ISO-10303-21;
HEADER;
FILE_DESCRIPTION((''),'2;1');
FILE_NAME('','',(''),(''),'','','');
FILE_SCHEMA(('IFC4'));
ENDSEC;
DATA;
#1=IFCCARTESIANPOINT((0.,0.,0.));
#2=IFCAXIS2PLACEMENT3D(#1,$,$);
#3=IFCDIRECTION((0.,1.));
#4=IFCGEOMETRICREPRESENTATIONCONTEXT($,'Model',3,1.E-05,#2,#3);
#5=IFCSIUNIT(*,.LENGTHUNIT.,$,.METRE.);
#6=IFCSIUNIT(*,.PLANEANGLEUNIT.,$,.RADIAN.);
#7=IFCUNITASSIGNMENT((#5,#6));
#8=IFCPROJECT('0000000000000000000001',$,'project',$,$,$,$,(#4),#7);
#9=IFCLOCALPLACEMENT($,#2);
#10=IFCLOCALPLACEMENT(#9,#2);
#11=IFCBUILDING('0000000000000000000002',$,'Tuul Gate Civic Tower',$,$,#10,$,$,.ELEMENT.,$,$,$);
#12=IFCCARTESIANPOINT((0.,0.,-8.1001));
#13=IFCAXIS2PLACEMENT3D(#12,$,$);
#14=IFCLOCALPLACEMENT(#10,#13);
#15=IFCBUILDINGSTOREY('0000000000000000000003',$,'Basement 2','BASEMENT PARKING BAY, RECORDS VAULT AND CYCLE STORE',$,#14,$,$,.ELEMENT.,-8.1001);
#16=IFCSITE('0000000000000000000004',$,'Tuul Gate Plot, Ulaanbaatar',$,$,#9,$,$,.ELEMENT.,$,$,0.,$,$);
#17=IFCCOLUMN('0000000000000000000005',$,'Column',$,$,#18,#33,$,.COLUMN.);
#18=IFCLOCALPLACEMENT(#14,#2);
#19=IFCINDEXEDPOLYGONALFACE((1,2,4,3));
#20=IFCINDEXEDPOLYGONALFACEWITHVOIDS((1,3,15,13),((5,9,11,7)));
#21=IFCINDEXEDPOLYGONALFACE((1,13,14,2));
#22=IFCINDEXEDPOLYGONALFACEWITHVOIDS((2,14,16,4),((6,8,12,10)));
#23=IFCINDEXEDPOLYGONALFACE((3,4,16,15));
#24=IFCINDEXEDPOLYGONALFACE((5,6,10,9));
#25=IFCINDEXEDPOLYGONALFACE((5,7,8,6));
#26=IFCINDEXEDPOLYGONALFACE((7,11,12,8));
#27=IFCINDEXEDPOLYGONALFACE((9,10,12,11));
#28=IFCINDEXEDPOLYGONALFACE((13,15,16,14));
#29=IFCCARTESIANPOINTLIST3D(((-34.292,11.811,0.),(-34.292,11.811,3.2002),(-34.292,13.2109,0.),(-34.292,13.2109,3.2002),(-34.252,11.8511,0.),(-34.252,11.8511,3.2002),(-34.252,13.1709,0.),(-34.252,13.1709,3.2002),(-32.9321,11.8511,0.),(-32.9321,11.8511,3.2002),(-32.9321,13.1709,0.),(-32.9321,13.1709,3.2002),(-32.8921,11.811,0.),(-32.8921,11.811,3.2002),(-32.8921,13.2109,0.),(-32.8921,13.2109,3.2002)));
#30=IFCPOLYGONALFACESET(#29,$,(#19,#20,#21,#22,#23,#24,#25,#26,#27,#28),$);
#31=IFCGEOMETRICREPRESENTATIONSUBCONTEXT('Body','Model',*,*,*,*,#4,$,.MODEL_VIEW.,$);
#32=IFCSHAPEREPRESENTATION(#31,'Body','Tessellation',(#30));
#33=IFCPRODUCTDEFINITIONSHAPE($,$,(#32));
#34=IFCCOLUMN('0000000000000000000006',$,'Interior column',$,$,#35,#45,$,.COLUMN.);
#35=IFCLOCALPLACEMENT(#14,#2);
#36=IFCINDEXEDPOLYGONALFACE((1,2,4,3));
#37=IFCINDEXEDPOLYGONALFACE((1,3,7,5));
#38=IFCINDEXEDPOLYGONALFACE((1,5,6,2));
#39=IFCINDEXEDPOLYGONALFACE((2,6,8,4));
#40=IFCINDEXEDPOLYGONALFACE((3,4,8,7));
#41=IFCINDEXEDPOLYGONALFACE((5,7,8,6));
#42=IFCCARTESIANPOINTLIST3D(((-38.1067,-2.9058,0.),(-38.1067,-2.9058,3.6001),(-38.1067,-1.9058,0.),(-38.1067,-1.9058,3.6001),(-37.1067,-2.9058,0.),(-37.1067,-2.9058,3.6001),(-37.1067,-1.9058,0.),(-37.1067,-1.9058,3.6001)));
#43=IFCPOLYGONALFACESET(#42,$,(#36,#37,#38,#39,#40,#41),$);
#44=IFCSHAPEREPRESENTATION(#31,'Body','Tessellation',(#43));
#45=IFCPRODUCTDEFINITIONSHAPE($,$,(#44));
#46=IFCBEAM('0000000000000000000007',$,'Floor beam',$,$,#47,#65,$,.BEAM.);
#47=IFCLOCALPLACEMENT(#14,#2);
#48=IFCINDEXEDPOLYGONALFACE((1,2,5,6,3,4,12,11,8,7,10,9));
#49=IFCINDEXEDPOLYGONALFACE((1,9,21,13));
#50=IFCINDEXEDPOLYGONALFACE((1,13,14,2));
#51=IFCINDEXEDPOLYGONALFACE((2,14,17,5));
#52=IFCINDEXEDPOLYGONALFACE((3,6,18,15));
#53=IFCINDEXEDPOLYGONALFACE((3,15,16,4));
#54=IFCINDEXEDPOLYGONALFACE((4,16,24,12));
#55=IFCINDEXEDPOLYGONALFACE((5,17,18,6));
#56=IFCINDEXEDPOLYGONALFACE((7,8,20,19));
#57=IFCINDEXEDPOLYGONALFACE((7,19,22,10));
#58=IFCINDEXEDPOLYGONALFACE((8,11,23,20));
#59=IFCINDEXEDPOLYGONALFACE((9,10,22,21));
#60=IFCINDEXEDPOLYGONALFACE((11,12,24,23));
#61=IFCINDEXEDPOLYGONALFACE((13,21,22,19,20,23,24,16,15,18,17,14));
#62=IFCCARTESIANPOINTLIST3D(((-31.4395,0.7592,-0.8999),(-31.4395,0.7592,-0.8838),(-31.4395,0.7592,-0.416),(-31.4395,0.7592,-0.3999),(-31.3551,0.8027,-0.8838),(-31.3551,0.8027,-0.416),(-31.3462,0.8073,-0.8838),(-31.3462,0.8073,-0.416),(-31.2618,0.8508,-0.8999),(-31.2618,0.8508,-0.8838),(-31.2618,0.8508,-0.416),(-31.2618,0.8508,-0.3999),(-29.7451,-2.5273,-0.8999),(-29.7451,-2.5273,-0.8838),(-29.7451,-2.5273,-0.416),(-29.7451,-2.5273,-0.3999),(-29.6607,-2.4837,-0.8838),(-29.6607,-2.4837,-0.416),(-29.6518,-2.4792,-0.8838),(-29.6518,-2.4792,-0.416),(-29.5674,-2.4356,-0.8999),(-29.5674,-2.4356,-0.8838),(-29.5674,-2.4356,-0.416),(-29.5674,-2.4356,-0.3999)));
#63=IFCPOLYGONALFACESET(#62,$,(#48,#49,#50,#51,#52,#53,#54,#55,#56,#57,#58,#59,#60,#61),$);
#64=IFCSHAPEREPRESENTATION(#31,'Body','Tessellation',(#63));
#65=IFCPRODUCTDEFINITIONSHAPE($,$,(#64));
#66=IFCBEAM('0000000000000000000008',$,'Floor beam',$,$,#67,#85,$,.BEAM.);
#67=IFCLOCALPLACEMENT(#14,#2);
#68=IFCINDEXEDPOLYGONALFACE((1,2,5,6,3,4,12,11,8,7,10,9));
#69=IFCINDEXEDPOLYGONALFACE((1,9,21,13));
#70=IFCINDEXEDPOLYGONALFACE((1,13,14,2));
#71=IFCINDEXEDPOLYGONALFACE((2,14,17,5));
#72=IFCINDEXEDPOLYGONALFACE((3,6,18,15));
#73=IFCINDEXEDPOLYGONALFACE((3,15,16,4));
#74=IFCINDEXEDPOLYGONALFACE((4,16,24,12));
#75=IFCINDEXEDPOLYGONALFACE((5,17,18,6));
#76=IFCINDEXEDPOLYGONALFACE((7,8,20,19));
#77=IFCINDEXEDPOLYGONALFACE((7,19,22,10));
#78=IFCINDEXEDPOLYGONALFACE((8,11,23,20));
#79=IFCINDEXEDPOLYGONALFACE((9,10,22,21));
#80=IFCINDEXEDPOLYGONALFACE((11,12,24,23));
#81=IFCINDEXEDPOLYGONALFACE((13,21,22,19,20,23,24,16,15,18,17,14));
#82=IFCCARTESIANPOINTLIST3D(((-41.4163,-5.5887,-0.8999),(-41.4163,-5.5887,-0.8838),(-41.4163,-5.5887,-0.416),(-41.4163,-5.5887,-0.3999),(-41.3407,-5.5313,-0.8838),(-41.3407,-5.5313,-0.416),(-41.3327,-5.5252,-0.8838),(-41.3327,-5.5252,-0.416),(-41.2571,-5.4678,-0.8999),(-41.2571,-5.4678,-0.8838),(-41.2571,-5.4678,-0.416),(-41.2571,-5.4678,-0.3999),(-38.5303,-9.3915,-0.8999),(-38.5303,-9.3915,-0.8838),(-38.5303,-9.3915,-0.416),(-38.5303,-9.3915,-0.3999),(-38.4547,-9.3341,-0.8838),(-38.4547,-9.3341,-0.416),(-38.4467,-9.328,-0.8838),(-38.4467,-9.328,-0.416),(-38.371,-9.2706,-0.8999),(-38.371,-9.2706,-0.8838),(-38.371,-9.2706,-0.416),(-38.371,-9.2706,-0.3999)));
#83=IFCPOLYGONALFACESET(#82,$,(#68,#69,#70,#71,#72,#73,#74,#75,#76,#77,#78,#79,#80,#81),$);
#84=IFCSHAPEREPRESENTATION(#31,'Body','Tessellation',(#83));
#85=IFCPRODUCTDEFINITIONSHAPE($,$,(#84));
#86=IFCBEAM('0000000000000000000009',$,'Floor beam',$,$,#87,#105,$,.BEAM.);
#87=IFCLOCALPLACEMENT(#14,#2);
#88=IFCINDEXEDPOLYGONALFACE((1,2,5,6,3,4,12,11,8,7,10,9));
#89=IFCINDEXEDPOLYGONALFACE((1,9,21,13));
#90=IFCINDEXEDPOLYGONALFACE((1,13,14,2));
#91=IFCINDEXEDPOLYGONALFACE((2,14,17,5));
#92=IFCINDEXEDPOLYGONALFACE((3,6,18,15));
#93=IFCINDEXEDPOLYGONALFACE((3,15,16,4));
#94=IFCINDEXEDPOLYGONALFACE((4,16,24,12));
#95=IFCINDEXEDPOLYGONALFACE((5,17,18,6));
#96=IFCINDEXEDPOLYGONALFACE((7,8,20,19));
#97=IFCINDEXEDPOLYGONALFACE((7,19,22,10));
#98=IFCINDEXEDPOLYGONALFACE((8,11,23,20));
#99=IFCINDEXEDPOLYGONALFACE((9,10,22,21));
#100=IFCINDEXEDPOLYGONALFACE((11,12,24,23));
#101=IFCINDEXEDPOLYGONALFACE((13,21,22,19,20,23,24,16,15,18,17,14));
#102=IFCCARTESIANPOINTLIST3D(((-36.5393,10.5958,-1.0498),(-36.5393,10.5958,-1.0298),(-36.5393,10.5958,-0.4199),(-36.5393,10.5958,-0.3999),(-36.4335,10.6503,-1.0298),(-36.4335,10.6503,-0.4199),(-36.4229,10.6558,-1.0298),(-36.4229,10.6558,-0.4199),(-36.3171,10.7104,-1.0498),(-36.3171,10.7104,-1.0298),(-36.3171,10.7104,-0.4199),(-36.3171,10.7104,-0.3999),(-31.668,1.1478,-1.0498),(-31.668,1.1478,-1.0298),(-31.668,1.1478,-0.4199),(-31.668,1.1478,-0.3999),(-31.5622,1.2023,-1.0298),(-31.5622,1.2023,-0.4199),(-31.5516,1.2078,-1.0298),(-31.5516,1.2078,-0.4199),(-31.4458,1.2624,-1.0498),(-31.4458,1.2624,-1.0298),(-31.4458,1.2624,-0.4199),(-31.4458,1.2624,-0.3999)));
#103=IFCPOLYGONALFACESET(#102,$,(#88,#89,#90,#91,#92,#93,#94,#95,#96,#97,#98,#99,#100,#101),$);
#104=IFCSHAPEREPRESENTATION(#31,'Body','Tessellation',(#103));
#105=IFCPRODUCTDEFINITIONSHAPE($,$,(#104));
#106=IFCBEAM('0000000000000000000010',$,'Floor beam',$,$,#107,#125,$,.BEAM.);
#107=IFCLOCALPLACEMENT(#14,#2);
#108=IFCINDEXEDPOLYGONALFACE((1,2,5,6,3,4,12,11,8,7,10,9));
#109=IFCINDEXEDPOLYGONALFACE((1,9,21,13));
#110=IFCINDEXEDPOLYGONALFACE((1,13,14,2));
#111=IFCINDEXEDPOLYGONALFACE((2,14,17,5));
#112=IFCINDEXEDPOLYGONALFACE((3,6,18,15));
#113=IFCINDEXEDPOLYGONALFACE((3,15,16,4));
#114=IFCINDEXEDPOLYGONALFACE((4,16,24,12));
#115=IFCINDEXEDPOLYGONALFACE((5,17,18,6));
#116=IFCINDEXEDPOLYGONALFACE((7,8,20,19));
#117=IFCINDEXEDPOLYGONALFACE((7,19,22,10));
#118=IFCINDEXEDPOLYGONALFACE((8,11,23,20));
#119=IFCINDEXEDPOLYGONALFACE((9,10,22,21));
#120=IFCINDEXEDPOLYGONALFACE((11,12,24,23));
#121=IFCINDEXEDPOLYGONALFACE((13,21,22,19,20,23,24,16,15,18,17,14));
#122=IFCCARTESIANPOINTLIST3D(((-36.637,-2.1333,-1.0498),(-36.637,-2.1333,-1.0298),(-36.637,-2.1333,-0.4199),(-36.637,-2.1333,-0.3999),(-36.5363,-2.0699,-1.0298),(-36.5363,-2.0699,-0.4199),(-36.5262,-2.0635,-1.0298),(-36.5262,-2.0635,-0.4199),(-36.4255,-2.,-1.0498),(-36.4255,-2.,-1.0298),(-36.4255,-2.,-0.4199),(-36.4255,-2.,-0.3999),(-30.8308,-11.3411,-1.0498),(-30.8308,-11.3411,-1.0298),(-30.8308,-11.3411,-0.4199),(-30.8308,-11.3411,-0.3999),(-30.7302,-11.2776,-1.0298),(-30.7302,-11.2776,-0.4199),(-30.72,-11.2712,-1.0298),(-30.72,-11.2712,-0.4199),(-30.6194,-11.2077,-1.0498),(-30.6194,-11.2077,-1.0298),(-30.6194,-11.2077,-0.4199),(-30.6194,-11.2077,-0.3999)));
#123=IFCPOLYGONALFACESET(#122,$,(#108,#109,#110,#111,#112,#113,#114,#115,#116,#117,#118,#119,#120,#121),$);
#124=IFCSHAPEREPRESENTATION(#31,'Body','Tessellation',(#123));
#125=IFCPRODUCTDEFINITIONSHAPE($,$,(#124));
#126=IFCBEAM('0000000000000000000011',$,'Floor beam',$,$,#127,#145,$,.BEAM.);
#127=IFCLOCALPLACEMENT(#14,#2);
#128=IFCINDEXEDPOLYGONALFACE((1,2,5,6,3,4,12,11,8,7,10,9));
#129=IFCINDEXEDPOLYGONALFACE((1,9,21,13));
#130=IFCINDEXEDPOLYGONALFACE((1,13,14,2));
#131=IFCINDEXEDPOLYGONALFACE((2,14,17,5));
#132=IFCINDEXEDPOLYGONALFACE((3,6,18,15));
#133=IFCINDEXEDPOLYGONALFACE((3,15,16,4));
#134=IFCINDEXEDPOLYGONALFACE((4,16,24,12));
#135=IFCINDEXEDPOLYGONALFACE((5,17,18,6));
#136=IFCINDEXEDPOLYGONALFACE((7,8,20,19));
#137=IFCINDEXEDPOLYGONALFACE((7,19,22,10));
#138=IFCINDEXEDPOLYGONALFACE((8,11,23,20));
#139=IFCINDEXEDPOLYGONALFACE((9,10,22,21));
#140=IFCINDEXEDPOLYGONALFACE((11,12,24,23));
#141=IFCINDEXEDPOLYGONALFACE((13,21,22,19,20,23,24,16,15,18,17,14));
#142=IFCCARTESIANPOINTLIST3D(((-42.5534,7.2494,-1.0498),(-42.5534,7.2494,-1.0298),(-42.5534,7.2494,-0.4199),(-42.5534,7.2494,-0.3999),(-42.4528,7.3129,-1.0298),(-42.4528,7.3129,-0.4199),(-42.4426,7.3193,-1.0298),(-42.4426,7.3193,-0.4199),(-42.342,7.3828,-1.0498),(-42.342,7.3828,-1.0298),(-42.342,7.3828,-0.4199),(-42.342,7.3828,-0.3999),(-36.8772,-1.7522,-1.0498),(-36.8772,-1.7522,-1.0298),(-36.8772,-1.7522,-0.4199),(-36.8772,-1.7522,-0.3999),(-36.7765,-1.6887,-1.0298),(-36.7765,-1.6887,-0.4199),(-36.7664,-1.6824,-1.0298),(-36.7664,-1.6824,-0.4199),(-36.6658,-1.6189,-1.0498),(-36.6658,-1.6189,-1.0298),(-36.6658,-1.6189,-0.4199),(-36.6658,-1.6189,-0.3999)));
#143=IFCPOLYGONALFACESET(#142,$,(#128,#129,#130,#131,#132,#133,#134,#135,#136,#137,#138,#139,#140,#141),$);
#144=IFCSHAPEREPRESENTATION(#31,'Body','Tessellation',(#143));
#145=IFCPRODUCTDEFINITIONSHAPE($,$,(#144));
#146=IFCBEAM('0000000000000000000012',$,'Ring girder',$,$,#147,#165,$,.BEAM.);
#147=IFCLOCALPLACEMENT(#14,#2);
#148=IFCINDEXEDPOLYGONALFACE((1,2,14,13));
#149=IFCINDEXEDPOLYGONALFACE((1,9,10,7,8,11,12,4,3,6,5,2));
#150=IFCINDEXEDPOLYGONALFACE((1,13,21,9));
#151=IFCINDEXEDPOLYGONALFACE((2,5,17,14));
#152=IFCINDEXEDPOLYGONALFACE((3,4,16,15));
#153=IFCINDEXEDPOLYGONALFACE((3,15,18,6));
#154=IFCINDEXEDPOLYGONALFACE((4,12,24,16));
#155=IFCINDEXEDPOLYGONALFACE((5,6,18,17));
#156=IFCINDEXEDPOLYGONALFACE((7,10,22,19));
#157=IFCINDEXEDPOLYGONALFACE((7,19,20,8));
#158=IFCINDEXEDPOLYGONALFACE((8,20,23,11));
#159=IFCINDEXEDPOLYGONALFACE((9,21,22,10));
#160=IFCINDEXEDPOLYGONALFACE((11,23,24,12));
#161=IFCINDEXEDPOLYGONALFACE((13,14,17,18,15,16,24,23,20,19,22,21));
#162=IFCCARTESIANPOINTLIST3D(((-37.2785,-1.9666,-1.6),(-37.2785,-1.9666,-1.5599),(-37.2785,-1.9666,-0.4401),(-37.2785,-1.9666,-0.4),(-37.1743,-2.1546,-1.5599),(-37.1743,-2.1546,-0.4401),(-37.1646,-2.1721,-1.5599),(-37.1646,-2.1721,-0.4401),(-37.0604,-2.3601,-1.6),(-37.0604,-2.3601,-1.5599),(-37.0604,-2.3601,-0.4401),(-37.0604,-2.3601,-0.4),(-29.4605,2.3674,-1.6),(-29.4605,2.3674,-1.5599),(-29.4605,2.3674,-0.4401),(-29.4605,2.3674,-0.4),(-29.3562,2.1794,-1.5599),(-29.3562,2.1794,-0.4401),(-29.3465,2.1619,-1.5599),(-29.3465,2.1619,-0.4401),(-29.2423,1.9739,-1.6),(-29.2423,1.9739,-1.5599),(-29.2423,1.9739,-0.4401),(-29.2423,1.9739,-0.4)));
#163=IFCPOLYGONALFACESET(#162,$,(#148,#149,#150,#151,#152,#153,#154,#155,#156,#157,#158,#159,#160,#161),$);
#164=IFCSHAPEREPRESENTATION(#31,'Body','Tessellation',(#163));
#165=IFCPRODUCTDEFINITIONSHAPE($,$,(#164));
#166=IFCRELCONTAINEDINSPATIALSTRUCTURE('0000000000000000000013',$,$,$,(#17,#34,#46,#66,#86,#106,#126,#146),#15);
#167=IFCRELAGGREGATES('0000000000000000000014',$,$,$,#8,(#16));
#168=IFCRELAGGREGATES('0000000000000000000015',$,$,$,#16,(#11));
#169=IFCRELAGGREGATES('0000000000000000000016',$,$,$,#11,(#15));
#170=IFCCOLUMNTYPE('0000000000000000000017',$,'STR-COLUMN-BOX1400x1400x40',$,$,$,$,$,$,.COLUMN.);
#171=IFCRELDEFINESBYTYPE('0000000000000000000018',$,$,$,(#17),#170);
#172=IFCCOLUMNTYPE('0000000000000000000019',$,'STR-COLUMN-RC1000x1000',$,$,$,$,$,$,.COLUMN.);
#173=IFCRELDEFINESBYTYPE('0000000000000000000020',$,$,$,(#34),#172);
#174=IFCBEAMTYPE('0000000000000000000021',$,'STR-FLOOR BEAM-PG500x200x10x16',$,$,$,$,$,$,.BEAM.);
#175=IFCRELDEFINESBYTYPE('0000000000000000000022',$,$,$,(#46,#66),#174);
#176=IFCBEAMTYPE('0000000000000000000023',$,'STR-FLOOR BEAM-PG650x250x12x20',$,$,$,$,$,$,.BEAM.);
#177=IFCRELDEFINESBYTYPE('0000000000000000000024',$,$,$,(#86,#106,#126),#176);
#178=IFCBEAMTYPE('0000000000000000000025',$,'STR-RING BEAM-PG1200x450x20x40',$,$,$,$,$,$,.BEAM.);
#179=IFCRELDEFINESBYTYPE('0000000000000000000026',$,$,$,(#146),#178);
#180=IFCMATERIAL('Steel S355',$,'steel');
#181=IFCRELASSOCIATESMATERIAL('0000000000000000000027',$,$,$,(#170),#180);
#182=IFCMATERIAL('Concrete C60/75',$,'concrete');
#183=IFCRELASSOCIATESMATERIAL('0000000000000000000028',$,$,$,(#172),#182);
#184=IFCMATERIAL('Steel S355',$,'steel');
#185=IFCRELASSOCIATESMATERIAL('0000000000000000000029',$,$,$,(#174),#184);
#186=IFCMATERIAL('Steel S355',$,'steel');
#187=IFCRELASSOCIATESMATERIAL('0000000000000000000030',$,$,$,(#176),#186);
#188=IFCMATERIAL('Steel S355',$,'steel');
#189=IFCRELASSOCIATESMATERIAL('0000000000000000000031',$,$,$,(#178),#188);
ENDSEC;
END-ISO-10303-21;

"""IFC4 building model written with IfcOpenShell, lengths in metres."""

from ifc_helpers import new_model, si_unit, direction, frame, origin, origin_2d, place, context, subcontext, project, spatial, rectangle, hollow_rectangle, i_section, extrude, material, material_profile, profile_set, type_object, element, save


model = new_model("IFC4")

# Units and contexts
model_context = context("Model", 3, precision=1e-05, world=origin(), true_north=direction((0.0, 1.0)))
body_context = subcontext(model_context, "Body", "Model", "MODEL_VIEW")
ifc_project = project(units=[si_unit("LENGTHUNIT", "METRE"), si_unit("PLANEANGLEUNIT", "RADIAN")], contexts=[model_context])

# Site, building, storey
site_placement = place(None, origin())
site = spatial("IfcSite", under=ifc_project, at=site_placement, Name="Tuul Gate Plot, Ulaanbaatar", CompositionType="ELEMENT", RefElevation=0.0)
building_placement = place(site_placement, origin())
building = spatial("IfcBuilding", under=site, at=building_placement, Name="Tuul Gate Civic Tower", CompositionType="ELEMENT")
storey_placement = place(building_placement, frame((0.0, 0.0, -8.1001)))
storey = spatial("IfcBuildingStorey", under=building, at=storey_placement, Name="Basement 2", Description="BASEMENT PARKING BAY, RECORDS VAULT AND CYCLE STORE", CompositionType="ELEMENT", Elevation=-8.1001)

# Columns
ifc_material_1 = material(Name="Steel S355", Category="steel")
ifc_material_profile_1 = material_profile(ifc_material_1, hollow_rectangle(XDim=1.3999, YDim=1.3999, WallThickness=0.04, at=origin_2d()), Name="BOX1400x1400x40")
ifc_profile_set_1 = profile_set([ifc_material_profile_1], Name="Steel S355")
column_type_1 = type_object("IfcColumnType", Name="STR-COLUMN-BOX1400x1400x40", PredefinedType="COLUMN", material=ifc_profile_set_1)
column_1_placement = place(storey_placement, frame((-33.592, 12.511, 0.0), z_axis=(0.0, 0.0, 1.0), x_axis=(1.0, 0.0, 0.0)))
element("IfcColumn", 1, at=column_1_placement, inside=storey, type_object=column_type_1, Name="Column", PredefinedType="COLUMN", context=body_context, shape_type="SweptSolid", body=[
    extrude(hollow_rectangle(XDim=1.3999, YDim=1.3999, WallThickness=0.04, at=origin_2d()), origin(), (0.0, 0.0, 1.0), 3.2002),
])
ifc_material_2 = material(Name="Concrete C60/75", Category="concrete")
ifc_material_profile_2 = material_profile(ifc_material_2, rectangle(XDim=1.0, YDim=1.0, at=origin_2d()), Name="RC1000x1000")
ifc_profile_set_2 = profile_set([ifc_material_profile_2], Name="Concrete C60/75")
column_type_2 = type_object("IfcColumnType", Name="STR-COLUMN-RC1000x1000", PredefinedType="COLUMN", material=ifc_profile_set_2)
column_2_placement = place(storey_placement, frame((-37.6067, -2.4058, 0.0), z_axis=(0.0, 0.0, 1.0), x_axis=(1.0, 0.0, 0.0)))
element("IfcColumn", 2, at=column_2_placement, inside=storey, type_object=column_type_2, Name="Interior column", PredefinedType="COLUMN", context=body_context, shape_type="SweptSolid", body=[
    extrude(rectangle(XDim=1.0, YDim=1.0, at=origin_2d()), origin(), (0.0, 0.0, 1.0), 3.6001),
])

# Beams
ifc_material_3 = material(Name="Steel S355", Category="steel")
ifc_material_profile_3 = material_profile(ifc_material_3, i_section(OverallWidth=0.2, OverallDepth=0.5, WebThickness=0.01, FlangeThickness=0.0161, at=origin_2d()), Name="PG500x200x10x16")
ifc_profile_set_3 = profile_set([ifc_material_profile_3], Name="Steel S355")
beam_type_1 = type_object("IfcBeamType", Name="STR-FLOOR BEAM-PG500x200x10x16", PredefinedType="BEAM", material=ifc_profile_set_3)
beam_1_placement = place(storey_placement, frame((-29.6562, -2.4814, -0.6499), z_axis=(-0.458246, 0.888825, 0.0), x_axis=(-0.888825, -0.458246, 0.0)))
element("IfcBeam", 3, at=beam_1_placement, inside=storey, type_object=beam_type_1, Name="Floor beam", PredefinedType="BEAM", context=body_context, shape_type="SweptSolid", body=[
    extrude(i_section(OverallWidth=0.2, OverallDepth=0.5, WebThickness=0.01, FlangeThickness=0.0161, at=origin_2d()), origin(), (0.0, 0.0, 1.0), 3.6975),
])
beam_2_placement = place(storey_placement, frame((-38.4507, -9.3311, -0.6499), z_axis=(-0.60454, 0.796575, 0.0), x_axis=(-0.796575, -0.60454, 0.0)))
element("IfcBeam", 4, at=beam_2_placement, inside=storey, type_object=beam_type_1, Name="Floor beam", PredefinedType="BEAM", context=body_context, shape_type="SweptSolid", body=[
    extrude(i_section(OverallWidth=0.2, OverallDepth=0.5, WebThickness=0.01, FlangeThickness=0.0161, at=origin_2d()), origin(), (0.0, 0.0, 1.0), 4.7739),
])
ifc_material_4 = material(Name="Steel S355", Category="steel")
ifc_material_profile_4 = material_profile(ifc_material_4, i_section(OverallWidth=0.25, OverallDepth=0.6499, WebThickness=0.012, FlangeThickness=0.02, at=origin_2d()), Name="PG650x250x12x20")
ifc_profile_set_4 = profile_set([ifc_material_profile_4], Name="Steel S355")
beam_type_2 = type_object("IfcBeamType", Name="STR-FLOOR BEAM-PG650x250x12x20", PredefinedType="BEAM", material=ifc_profile_set_4)
beam_3_placement = place(storey_placement, frame((-31.5569, 1.2051, -0.7249), z_axis=(-0.458268, 0.888814, 0.0), x_axis=(-0.888814, -0.458268, 0.0)))
element("IfcBeam", 5, at=beam_3_placement, inside=storey, type_object=beam_type_2, Name="Floor beam", PredefinedType="BEAM", context=body_context, shape_type="SweptSolid", body=[
    extrude(i_section(OverallWidth=0.25, OverallDepth=0.6499, WebThickness=0.012, FlangeThickness=0.02, at=origin_2d()), origin(), (0.0, 0.0, 1.0), 10.6299),
])
beam_4_placement = place(storey_placement, frame((-30.7251, -11.2744, -0.7249), z_axis=(-0.533384, 0.845873, 0.0), x_axis=(-0.845873, -0.533384, 0.0)))
element("IfcBeam", 6, at=beam_4_placement, inside=storey, type_object=beam_type_2, Name="Floor beam", PredefinedType="BEAM", context=body_context, shape_type="SweptSolid", body=[
    extrude(i_section(OverallWidth=0.25, OverallDepth=0.6499, WebThickness=0.012, FlangeThickness=0.02, at=origin_2d()), origin(), (0.0, 0.0, 1.0), 10.8855),
])
beam_5_placement = place(storey_placement, frame((-36.7715, -1.6855, -0.7249), z_axis=(-0.533387, 0.845871, 0.0), x_axis=(-0.845871, -0.533387, 0.0)))
element("IfcBeam", 7, at=beam_5_placement, inside=storey, type_object=beam_type_2, Name="Floor beam", PredefinedType="BEAM", context=body_context, shape_type="SweptSolid", body=[
    extrude(i_section(OverallWidth=0.25, OverallDepth=0.6499, WebThickness=0.012, FlangeThickness=0.02, at=origin_2d()), origin(), (0.0, 0.0, 1.0), 10.6418),
])
ifc_material_5 = material(Name="Steel S355", Category="steel")
ifc_material_profile_5 = material_profile(ifc_material_5, i_section(OverallWidth=0.45, OverallDepth=1.2, WebThickness=0.02, FlangeThickness=0.04, at=origin_2d()), Name="PG1200x450x20x40")
ifc_profile_set_5 = profile_set([ifc_material_profile_5], Name="Steel S355")
beam_type_3 = type_object("IfcBeamType", Name="STR-RING BEAM-PG1200x450x20x40", PredefinedType="BEAM", material=ifc_profile_set_5)
beam_6_placement = place(storey_placement, frame((-37.1694, -2.1633, -1.0), z_axis=(0.874604, 0.484838, 0.0), x_axis=(-0.484838, 0.874604, 0.0)))
element("IfcBeam", 8, at=beam_6_placement, inside=storey, type_object=beam_type_3, Name="Ring girder", PredefinedType="BEAM", context=body_context, shape_type="SweptSolid", body=[
    extrude(i_section(OverallWidth=0.45, OverallDepth=1.2, WebThickness=0.02, FlangeThickness=0.04, at=origin_2d()), origin(), (0.0, 0.0, 1.0), 8.939),
])

save(model, "model.ifc")
